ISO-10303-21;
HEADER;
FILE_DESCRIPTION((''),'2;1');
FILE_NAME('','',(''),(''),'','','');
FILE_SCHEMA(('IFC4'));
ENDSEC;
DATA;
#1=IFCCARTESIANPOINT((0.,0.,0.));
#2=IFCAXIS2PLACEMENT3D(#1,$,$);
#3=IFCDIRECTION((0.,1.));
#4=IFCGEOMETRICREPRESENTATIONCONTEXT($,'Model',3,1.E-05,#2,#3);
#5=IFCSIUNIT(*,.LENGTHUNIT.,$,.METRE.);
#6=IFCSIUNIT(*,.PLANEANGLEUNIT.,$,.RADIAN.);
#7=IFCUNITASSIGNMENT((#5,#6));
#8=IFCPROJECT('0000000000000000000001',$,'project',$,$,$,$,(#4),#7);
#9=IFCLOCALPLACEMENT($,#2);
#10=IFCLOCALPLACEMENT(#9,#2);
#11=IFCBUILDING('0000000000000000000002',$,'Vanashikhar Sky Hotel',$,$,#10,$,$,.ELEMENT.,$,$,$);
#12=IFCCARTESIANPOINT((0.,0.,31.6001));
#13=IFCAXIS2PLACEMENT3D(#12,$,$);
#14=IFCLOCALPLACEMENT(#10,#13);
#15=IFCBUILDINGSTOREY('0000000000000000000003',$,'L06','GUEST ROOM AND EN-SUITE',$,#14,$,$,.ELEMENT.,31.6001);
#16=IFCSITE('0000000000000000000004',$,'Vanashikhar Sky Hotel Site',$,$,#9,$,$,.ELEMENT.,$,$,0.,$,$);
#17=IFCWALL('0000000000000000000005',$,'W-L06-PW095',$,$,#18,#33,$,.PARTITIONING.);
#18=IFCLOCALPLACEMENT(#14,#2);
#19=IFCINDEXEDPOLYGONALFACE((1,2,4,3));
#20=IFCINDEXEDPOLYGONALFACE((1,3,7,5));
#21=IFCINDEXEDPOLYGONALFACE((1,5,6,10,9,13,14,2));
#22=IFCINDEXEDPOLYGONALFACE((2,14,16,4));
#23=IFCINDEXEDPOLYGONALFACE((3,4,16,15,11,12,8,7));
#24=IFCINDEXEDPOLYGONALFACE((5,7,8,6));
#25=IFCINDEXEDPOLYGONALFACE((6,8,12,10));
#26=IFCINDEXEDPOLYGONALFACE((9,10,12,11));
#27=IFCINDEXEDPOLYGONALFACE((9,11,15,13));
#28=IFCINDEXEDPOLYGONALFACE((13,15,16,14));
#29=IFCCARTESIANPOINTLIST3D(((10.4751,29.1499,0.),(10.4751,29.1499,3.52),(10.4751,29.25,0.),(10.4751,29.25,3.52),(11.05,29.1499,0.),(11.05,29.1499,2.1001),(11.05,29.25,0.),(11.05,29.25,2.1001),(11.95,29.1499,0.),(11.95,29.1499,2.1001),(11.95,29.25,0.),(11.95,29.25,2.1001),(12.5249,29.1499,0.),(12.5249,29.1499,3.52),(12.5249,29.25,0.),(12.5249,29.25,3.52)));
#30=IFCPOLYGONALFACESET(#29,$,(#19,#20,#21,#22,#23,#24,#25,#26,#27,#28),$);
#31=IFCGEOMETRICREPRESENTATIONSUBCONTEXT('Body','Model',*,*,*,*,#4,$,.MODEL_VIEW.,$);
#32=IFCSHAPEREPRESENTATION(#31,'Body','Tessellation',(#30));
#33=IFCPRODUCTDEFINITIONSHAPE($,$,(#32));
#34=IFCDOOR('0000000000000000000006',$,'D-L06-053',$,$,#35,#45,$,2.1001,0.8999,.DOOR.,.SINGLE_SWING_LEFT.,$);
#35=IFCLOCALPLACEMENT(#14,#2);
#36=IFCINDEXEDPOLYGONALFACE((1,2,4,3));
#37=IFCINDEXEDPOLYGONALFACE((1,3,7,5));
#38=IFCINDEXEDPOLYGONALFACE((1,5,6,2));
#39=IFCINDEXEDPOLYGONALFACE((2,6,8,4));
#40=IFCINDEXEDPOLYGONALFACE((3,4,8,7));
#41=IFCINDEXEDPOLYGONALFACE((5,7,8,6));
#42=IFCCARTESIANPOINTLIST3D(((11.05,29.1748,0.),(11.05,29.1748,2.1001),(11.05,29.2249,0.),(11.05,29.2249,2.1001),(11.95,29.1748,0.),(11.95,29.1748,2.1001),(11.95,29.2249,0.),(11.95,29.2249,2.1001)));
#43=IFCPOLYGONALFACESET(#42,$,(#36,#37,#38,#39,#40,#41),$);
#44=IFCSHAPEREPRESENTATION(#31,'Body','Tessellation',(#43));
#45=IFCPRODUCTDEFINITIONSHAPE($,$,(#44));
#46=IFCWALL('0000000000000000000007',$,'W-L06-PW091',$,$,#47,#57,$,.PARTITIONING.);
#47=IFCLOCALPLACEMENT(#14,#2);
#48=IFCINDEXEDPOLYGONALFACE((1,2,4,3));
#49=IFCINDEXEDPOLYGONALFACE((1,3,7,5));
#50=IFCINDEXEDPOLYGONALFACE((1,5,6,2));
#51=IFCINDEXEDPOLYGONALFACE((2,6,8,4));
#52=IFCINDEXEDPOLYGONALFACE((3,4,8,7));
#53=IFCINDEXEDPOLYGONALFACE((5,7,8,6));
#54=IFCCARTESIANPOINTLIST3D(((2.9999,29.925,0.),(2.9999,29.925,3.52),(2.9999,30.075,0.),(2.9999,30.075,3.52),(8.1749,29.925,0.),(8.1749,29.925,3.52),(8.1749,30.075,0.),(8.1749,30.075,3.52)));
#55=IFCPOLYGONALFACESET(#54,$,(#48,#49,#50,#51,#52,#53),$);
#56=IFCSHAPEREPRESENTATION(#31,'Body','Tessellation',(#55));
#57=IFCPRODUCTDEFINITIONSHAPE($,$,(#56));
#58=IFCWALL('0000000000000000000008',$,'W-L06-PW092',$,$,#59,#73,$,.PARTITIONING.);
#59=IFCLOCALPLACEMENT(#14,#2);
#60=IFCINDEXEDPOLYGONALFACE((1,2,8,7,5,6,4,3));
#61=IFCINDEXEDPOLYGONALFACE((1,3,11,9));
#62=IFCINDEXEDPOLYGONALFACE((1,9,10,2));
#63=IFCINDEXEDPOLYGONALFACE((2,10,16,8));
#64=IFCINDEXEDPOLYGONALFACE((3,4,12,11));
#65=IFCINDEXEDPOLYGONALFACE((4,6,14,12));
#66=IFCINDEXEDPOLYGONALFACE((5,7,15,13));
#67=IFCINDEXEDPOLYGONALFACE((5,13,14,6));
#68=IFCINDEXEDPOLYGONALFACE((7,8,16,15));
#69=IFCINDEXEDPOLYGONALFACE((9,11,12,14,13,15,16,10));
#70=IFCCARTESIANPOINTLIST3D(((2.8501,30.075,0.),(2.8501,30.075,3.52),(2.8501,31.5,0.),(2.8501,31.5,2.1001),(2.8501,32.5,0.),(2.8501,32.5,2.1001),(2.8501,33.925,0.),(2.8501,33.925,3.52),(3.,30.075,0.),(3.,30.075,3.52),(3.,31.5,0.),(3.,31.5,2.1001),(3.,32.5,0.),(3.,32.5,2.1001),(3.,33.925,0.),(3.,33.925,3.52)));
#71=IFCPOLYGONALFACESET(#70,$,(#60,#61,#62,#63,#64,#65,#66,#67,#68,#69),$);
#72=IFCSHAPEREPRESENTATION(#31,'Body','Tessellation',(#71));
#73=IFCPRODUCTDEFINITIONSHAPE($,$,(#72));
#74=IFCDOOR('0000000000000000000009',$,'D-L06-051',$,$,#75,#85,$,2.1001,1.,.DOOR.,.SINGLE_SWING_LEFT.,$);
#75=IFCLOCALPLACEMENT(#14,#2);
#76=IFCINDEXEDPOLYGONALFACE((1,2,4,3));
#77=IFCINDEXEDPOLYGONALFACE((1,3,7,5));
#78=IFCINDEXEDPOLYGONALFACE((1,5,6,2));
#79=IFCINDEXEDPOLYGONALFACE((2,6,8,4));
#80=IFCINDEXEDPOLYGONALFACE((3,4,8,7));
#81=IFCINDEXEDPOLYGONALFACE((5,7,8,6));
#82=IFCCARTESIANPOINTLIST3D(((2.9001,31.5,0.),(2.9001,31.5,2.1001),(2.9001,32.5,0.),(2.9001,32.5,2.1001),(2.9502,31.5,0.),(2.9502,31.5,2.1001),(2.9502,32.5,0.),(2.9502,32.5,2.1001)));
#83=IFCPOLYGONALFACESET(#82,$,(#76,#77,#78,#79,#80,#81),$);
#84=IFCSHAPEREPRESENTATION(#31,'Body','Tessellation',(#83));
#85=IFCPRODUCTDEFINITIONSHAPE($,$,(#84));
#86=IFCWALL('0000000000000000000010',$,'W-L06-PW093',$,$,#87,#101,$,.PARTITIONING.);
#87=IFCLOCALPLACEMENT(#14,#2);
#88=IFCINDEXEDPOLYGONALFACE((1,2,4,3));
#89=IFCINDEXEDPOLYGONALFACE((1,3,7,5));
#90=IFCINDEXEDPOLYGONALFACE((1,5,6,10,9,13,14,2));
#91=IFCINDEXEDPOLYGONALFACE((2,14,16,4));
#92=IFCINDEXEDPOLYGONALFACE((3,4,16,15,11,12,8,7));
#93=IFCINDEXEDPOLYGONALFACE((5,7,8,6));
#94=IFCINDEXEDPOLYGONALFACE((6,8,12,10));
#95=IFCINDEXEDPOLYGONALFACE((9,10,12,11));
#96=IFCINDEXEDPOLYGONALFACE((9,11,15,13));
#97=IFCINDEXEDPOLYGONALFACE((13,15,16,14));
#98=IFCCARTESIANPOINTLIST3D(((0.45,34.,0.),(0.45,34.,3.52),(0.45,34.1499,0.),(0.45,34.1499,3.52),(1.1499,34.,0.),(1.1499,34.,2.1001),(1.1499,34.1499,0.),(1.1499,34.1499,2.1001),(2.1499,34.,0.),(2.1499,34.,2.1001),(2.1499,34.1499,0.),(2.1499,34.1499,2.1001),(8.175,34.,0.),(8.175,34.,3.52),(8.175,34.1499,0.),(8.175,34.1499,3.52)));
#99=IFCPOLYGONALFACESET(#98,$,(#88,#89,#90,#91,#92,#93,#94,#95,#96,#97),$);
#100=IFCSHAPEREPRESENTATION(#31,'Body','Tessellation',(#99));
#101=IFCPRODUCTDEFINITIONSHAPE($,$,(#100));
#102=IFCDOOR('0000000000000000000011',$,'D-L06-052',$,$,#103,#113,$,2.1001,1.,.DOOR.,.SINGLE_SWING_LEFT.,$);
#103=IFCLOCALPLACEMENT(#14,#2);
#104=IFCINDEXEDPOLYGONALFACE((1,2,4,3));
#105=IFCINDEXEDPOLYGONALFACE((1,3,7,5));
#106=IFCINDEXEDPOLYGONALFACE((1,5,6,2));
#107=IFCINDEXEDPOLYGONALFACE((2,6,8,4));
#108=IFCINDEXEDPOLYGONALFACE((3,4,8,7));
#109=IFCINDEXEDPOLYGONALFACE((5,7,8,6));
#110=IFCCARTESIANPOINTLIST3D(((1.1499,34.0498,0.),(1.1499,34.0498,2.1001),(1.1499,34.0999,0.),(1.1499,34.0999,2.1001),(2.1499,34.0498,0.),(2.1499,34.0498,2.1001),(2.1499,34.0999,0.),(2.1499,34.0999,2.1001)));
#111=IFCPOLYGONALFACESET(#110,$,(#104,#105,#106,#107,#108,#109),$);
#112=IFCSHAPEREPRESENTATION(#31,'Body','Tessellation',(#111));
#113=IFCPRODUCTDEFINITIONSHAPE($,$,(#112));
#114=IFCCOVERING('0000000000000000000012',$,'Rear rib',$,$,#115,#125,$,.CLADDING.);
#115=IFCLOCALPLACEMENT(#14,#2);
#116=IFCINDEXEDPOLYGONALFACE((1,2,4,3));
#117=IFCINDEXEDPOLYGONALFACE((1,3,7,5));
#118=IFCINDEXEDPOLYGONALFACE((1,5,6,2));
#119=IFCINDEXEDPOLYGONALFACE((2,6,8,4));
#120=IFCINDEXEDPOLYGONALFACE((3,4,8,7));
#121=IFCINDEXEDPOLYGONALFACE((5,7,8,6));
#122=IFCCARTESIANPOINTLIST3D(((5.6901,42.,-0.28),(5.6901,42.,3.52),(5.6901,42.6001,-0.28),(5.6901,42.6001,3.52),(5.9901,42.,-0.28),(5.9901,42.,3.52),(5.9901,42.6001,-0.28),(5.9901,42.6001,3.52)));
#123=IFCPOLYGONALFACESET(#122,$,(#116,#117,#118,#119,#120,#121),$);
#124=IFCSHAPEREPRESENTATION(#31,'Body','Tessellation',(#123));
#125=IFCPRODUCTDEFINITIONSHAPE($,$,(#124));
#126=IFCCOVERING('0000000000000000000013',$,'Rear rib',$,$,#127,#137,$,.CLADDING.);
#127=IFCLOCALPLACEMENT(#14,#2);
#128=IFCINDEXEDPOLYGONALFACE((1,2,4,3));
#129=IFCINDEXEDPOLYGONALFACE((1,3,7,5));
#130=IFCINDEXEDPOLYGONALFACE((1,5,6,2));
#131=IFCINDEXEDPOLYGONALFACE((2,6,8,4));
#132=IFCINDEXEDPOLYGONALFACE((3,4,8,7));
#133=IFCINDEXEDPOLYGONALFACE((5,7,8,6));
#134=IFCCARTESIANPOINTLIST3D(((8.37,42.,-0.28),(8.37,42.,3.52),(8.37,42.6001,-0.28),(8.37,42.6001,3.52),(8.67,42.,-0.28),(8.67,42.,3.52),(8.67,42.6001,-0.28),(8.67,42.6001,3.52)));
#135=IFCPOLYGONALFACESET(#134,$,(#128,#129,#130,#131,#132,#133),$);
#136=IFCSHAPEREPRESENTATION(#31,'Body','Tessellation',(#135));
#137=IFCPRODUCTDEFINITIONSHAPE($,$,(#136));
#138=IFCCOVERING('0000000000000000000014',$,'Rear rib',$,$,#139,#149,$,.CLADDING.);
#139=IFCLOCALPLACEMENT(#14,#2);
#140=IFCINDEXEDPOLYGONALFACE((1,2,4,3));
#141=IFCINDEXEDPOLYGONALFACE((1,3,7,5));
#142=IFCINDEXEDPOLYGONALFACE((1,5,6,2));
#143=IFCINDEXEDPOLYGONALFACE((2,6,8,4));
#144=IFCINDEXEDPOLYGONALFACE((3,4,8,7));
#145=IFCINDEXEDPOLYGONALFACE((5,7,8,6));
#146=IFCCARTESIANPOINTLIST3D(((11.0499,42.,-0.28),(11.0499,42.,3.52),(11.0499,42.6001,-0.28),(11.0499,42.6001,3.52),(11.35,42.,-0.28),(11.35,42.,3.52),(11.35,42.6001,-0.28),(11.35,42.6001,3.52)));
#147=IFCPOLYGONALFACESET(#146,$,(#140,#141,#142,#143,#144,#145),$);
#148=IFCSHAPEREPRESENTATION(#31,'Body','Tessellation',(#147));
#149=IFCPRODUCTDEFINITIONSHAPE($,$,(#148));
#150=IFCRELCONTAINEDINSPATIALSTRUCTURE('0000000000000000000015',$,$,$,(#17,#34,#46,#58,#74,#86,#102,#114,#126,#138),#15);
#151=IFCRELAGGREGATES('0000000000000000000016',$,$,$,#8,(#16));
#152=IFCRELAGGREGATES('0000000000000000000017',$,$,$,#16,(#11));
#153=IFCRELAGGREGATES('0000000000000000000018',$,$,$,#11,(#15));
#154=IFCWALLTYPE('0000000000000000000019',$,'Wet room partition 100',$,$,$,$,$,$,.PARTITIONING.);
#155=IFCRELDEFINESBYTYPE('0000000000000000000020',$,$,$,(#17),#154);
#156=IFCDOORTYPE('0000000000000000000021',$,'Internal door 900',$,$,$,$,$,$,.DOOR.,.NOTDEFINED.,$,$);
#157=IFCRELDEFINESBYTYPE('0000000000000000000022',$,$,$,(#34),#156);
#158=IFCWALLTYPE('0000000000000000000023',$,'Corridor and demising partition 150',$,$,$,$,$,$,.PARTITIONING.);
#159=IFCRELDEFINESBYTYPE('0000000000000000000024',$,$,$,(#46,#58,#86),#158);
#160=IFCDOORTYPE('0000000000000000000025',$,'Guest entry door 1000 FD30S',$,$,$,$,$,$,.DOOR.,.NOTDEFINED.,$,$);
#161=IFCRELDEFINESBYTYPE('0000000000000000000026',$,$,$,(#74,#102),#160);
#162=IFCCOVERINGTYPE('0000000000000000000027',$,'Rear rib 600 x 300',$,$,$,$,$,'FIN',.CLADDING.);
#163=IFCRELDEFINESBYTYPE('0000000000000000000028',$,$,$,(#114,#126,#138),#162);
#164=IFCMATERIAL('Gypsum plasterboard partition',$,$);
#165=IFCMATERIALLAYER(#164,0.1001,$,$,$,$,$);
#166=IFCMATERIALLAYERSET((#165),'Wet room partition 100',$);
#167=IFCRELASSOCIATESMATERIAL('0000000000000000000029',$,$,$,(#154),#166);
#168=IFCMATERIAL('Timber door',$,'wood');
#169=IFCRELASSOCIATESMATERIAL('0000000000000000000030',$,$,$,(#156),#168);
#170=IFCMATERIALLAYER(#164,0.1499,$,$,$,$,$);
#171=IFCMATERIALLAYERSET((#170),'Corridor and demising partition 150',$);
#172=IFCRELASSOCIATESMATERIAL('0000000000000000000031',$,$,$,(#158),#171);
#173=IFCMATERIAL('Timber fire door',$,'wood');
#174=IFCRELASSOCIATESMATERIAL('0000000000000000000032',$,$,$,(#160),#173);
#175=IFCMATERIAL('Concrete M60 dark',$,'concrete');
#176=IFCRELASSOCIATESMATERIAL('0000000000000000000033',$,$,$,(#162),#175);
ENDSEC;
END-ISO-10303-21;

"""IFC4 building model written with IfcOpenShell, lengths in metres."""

from ifc_helpers import new_model, si_unit, direction, frame, frame_2d, origin, origin_2d, place, context, subcontext, project, spatial, rectangle, extrude, source, transform, mapped, material, layer, layer_set, material_profile, profile_set, type_object, element, fill, save


model = new_model("IFC4")

# Units and contexts
model_context = context("Model", 3, precision=1e-05, world=origin(), true_north=direction((0.0, 1.0)))
body_context = subcontext(model_context, "Body", "Model", "MODEL_VIEW")
ifc_project = project(units=[si_unit("LENGTHUNIT", "METRE"), si_unit("PLANEANGLEUNIT", "RADIAN")], contexts=[model_context])

# Site, building, storey
site_placement = place(None, origin())
site = spatial("IfcSite", under=ifc_project, at=site_placement, Name="Vanashikhar Sky Hotel Site", CompositionType="ELEMENT", RefElevation=0.0)
building_placement = place(site_placement, origin())
building = spatial("IfcBuilding", under=site, at=building_placement, Name="Vanashikhar Sky Hotel", CompositionType="ELEMENT")
storey_placement = place(building_placement, frame((0.0, 0.0, 31.6001)))
storey = spatial("IfcBuildingStorey", under=building, at=storey_placement, Name="L06", Description="GUEST ROOM AND EN-SUITE", CompositionType="ELEMENT", Elevation=31.6001)

# Wall, opening, door
ifc_material_1 = material(Name="Gypsum plasterboard partition")
ifc_layer_1 = layer(ifc_material_1, 0.1001)
ifc_layer_set_1 = layer_set([ifc_layer_1], Name="Wet room partition 100")
wall_type_1 = type_object("IfcWallType", Name="Wet room partition 100", PredefinedType="PARTITIONING", material=ifc_layer_set_1)
shared_shape_1 = source(origin(), body_context, "Body", "SweptSolid", [
    extrude(rectangle(XDim=2.0498, YDim=0.1001, at=frame_2d((1.0249, 0.0))), origin(), (0.0, 0.0, 1.0), 3.52),
])
wall_1_placement = place(storey_placement, frame((10.4751, 29.2, 0.0), z_axis=(0.0, 0.0, 1.0), x_axis=(1.0, 0.0, 0.0)))
wall_1 = element("IfcWall", 1, at=wall_1_placement, inside=storey, type_object=wall_type_1, Name="W-L06-PW095", PredefinedType="PARTITIONING", context=body_context, shape_type="MappedRepresentation", body=[
    mapped(shared_shape_1, transform((0.0, 0.0, 0.0), scale=1.0)),
])
shared_shape_2 = source(origin(), body_context, "Body", "SweptSolid", [
    extrude(rectangle(XDim=0.8999, YDim=2.1001, at=frame_2d((0.45, 1.05))), frame((0.0, 0.0601, 0.0), z_axis=(0.0, -1.0, 0.0), x_axis=(1.0, 0.0, 0.0)), (0.0, 0.0, 1.0), 0.1201),
])
opening_1_placement = place(wall_1_placement, frame((0.575, 0.0, 0.0)))
opening_1 = element("IfcOpeningElement", 2, at=opening_1_placement, cuts=wall_1, PredefinedType="OPENING", context=body_context, shape_type="MappedRepresentation", body=[
    mapped(shared_shape_2, transform((0.0, 0.0, 0.0), scale=1.0)),
])
ifc_material_2 = material(Name="Timber door", Category="wood")
door_type_1 = type_object("IfcDoorType", Name="Internal door 900", OperationType="NOTDEFINED", PredefinedType="DOOR", material=ifc_material_2)
shared_shape_3 = source(origin(), body_context, "Body", "SweptSolid", [
    extrude(rectangle(XDim=0.8999, YDim=2.1001, at=frame_2d((0.45, 1.05))), frame((0.0, 0.0249, 0.0), z_axis=(0.0, -1.0, 0.0), x_axis=(1.0, 0.0, 0.0)), (0.0, 0.0, 1.0), 0.05),
])
door_1_placement = place(opening_1_placement, origin())
door_1 = element("IfcDoor", 3, at=door_1_placement, inside=storey, type_object=door_type_1, Name="D-L06-053", OperationType="SINGLE_SWING_LEFT", OverallHeight=2.1001, OverallWidth=0.8999, PredefinedType="DOOR", context=body_context, shape_type="MappedRepresentation", body=[
    mapped(shared_shape_3, transform((0.0, 0.0, 0.0), scale=1.0)),
])
fill(opening_1, door_1)

# Wall
ifc_layer_2 = layer(ifc_material_1, 0.1499)
ifc_layer_set_2 = layer_set([ifc_layer_2], Name="Corridor and demising partition 150")
wall_type_2 = type_object("IfcWallType", Name="Corridor and demising partition 150", PredefinedType="PARTITIONING", material=ifc_layer_set_2)
shared_shape_4 = source(origin(), body_context, "Body", "SweptSolid", [
    extrude(rectangle(XDim=5.175, YDim=0.1499, at=frame_2d((2.5874, 0.0))), origin(), (0.0, 0.0, 1.0), 3.52),
])
wall_2_placement = place(storey_placement, frame((3.0, 30.0, 0.0), z_axis=(0.0, 0.0, 1.0), x_axis=(1.0, 0.0, 0.0)))
element("IfcWall", 4, at=wall_2_placement, inside=storey, type_object=wall_type_2, Name="W-L06-PW091", PredefinedType="PARTITIONING", context=body_context, shape_type="MappedRepresentation", body=[
    mapped(shared_shape_4, transform((0.0, 0.0, 0.0), scale=1.0)),
])

# Walls, openings, doors
shared_shape_5 = source(origin(), body_context, "Body", "SweptSolid", [
    extrude(rectangle(XDim=3.8501, YDim=0.1499, at=frame_2d((1.925, 0.0))), origin(), (0.0, 0.0, 1.0), 3.52),
])
wall_3_placement = place(storey_placement, frame((2.925, 30.075, 0.0), z_axis=(0.0, 0.0, 1.0), x_axis=(0.0, 1.0, 0.0)))
wall_3 = element("IfcWall", 5, at=wall_3_placement, inside=storey, type_object=wall_type_2, Name="W-L06-PW092", PredefinedType="PARTITIONING", context=body_context, shape_type="MappedRepresentation", body=[
    mapped(shared_shape_5, transform((0.0, 0.0, 0.0), scale=1.0)),
])
shared_shape_6 = source(origin(), body_context, "Body", "SweptSolid", [
    extrude(rectangle(XDim=1.0, YDim=2.1001, at=frame_2d((0.5, 1.05))), frame((0.0, 0.085, 0.0), z_axis=(0.0, -1.0, 0.0), x_axis=(1.0, 0.0, 0.0)), (0.0, 0.0, 1.0), 0.1699),
])
opening_2_placement = place(wall_3_placement, frame((1.425, 0.0, 0.0)))
opening_2 = element("IfcOpeningElement", 6, at=opening_2_placement, cuts=wall_3, PredefinedType="OPENING", context=body_context, shape_type="MappedRepresentation", body=[
    mapped(shared_shape_6, transform((0.0, 0.0, 0.0), scale=1.0)),
])
ifc_material_3 = material(Name="Timber fire door", Category="wood")
door_type_2 = type_object("IfcDoorType", Name="Guest entry door 1000 FD30S", OperationType="NOTDEFINED", PredefinedType="DOOR", material=ifc_material_3)
shared_shape_7 = source(origin(), body_context, "Body", "SweptSolid", [
    extrude(rectangle(XDim=1.0, YDim=2.1001, at=frame_2d((0.5, 1.05))), frame((0.0, 0.0249, 0.0), z_axis=(0.0, -1.0, 0.0), x_axis=(1.0, 0.0, 0.0)), (0.0, 0.0, 1.0), 0.05),
])
door_2_placement = place(opening_2_placement, origin())
door_2 = element("IfcDoor", 7, at=door_2_placement, inside=storey, type_object=door_type_2, Name="D-L06-051", OperationType="SINGLE_SWING_LEFT", OverallHeight=2.1001, OverallWidth=1.0, PredefinedType="DOOR", context=body_context, shape_type="MappedRepresentation", body=[
    mapped(shared_shape_7, transform((0.0, 0.0, 0.0), scale=1.0)),
])
fill(opening_2, door_2)
shared_shape_8 = source(origin(), body_context, "Body", "SweptSolid", [
    extrude(rectangle(XDim=7.7251, YDim=0.1499, at=frame_2d((3.8625, 0.0))), origin(), (0.0, 0.0, 1.0), 3.52),
])
wall_4_placement = place(storey_placement, frame((0.45, 34.075, 0.0), z_axis=(0.0, 0.0, 1.0), x_axis=(1.0, 0.0, 0.0)))
wall_4 = element("IfcWall", 8, at=wall_4_placement, inside=storey, type_object=wall_type_2, Name="W-L06-PW093", PredefinedType="PARTITIONING", context=body_context, shape_type="MappedRepresentation", body=[
    mapped(shared_shape_8, transform((0.0, 0.0, 0.0), scale=1.0)),
])
opening_3_placement = place(wall_4_placement, frame((0.7, 0.0, 0.0)))
opening_3 = element("IfcOpeningElement", 9, at=opening_3_placement, cuts=wall_4, PredefinedType="OPENING", context=body_context, shape_type="MappedRepresentation", body=[
    mapped(shared_shape_6, transform((0.0, 0.0, 0.0), scale=1.0)),
])
door_3_placement = place(opening_3_placement, origin())
door_3 = element("IfcDoor", 10, at=door_3_placement, inside=storey, type_object=door_type_2, Name="D-L06-052", OperationType="SINGLE_SWING_LEFT", OverallHeight=2.1001, OverallWidth=1.0, PredefinedType="DOOR", context=body_context, shape_type="MappedRepresentation", body=[
    mapped(shared_shape_7, transform((0.0, 0.0, 0.0), scale=1.0)),
])
fill(opening_3, door_3)

# Coverings
ifc_material_4 = material(Name="Concrete M60 dark", Category="concrete")
ifc_material_profile_1 = material_profile(ifc_material_4, rectangle(XDim=0.6001, YDim=0.3, at=origin_2d()))
ifc_profile_set_1 = profile_set([ifc_material_profile_1], Name="Rear rib 600 x 300")
covering_type = type_object("IfcCoveringType", Name="Rear rib 600 x 300", ElementType="FIN", PredefinedType="CLADDING", material=ifc_profile_set_1)
shared_shape_9 = source(origin(), body_context, "Body", "SweptSolid", [
    extrude(rectangle(XDim=0.6001, YDim=0.3, at=origin_2d()), origin(), (0.0, 0.0, 1.0), 3.8),
])
for number, where, z_axis, x_axis, name in (
    (11, (5.8401, 42.3, -0.28), (0.0, 0.0, 1.0), (0.0, 1.0, 0.0), "Rear rib"),
    (12, (8.52, 42.3, -0.28), (0.0, 0.0, 1.0), (0.0, 1.0, 0.0), "Rear rib"),
    (13, (11.2, 42.3, -0.28), (0.0, 0.0, 1.0), (0.0, 1.0, 0.0), "Rear rib"),
):
    element("IfcCovering", number, at=place(storey_placement, frame(where, z_axis=z_axis, x_axis=x_axis)), inside=storey, type_object=covering_type, Name=name, PredefinedType="CLADDING", context=body_context, shape_type="MappedRepresentation", body=[
        mapped(shared_shape_9, transform((0.0, 0.0, 0.0), scale=1.0)),
    ])

save(model, "model.ifc")
